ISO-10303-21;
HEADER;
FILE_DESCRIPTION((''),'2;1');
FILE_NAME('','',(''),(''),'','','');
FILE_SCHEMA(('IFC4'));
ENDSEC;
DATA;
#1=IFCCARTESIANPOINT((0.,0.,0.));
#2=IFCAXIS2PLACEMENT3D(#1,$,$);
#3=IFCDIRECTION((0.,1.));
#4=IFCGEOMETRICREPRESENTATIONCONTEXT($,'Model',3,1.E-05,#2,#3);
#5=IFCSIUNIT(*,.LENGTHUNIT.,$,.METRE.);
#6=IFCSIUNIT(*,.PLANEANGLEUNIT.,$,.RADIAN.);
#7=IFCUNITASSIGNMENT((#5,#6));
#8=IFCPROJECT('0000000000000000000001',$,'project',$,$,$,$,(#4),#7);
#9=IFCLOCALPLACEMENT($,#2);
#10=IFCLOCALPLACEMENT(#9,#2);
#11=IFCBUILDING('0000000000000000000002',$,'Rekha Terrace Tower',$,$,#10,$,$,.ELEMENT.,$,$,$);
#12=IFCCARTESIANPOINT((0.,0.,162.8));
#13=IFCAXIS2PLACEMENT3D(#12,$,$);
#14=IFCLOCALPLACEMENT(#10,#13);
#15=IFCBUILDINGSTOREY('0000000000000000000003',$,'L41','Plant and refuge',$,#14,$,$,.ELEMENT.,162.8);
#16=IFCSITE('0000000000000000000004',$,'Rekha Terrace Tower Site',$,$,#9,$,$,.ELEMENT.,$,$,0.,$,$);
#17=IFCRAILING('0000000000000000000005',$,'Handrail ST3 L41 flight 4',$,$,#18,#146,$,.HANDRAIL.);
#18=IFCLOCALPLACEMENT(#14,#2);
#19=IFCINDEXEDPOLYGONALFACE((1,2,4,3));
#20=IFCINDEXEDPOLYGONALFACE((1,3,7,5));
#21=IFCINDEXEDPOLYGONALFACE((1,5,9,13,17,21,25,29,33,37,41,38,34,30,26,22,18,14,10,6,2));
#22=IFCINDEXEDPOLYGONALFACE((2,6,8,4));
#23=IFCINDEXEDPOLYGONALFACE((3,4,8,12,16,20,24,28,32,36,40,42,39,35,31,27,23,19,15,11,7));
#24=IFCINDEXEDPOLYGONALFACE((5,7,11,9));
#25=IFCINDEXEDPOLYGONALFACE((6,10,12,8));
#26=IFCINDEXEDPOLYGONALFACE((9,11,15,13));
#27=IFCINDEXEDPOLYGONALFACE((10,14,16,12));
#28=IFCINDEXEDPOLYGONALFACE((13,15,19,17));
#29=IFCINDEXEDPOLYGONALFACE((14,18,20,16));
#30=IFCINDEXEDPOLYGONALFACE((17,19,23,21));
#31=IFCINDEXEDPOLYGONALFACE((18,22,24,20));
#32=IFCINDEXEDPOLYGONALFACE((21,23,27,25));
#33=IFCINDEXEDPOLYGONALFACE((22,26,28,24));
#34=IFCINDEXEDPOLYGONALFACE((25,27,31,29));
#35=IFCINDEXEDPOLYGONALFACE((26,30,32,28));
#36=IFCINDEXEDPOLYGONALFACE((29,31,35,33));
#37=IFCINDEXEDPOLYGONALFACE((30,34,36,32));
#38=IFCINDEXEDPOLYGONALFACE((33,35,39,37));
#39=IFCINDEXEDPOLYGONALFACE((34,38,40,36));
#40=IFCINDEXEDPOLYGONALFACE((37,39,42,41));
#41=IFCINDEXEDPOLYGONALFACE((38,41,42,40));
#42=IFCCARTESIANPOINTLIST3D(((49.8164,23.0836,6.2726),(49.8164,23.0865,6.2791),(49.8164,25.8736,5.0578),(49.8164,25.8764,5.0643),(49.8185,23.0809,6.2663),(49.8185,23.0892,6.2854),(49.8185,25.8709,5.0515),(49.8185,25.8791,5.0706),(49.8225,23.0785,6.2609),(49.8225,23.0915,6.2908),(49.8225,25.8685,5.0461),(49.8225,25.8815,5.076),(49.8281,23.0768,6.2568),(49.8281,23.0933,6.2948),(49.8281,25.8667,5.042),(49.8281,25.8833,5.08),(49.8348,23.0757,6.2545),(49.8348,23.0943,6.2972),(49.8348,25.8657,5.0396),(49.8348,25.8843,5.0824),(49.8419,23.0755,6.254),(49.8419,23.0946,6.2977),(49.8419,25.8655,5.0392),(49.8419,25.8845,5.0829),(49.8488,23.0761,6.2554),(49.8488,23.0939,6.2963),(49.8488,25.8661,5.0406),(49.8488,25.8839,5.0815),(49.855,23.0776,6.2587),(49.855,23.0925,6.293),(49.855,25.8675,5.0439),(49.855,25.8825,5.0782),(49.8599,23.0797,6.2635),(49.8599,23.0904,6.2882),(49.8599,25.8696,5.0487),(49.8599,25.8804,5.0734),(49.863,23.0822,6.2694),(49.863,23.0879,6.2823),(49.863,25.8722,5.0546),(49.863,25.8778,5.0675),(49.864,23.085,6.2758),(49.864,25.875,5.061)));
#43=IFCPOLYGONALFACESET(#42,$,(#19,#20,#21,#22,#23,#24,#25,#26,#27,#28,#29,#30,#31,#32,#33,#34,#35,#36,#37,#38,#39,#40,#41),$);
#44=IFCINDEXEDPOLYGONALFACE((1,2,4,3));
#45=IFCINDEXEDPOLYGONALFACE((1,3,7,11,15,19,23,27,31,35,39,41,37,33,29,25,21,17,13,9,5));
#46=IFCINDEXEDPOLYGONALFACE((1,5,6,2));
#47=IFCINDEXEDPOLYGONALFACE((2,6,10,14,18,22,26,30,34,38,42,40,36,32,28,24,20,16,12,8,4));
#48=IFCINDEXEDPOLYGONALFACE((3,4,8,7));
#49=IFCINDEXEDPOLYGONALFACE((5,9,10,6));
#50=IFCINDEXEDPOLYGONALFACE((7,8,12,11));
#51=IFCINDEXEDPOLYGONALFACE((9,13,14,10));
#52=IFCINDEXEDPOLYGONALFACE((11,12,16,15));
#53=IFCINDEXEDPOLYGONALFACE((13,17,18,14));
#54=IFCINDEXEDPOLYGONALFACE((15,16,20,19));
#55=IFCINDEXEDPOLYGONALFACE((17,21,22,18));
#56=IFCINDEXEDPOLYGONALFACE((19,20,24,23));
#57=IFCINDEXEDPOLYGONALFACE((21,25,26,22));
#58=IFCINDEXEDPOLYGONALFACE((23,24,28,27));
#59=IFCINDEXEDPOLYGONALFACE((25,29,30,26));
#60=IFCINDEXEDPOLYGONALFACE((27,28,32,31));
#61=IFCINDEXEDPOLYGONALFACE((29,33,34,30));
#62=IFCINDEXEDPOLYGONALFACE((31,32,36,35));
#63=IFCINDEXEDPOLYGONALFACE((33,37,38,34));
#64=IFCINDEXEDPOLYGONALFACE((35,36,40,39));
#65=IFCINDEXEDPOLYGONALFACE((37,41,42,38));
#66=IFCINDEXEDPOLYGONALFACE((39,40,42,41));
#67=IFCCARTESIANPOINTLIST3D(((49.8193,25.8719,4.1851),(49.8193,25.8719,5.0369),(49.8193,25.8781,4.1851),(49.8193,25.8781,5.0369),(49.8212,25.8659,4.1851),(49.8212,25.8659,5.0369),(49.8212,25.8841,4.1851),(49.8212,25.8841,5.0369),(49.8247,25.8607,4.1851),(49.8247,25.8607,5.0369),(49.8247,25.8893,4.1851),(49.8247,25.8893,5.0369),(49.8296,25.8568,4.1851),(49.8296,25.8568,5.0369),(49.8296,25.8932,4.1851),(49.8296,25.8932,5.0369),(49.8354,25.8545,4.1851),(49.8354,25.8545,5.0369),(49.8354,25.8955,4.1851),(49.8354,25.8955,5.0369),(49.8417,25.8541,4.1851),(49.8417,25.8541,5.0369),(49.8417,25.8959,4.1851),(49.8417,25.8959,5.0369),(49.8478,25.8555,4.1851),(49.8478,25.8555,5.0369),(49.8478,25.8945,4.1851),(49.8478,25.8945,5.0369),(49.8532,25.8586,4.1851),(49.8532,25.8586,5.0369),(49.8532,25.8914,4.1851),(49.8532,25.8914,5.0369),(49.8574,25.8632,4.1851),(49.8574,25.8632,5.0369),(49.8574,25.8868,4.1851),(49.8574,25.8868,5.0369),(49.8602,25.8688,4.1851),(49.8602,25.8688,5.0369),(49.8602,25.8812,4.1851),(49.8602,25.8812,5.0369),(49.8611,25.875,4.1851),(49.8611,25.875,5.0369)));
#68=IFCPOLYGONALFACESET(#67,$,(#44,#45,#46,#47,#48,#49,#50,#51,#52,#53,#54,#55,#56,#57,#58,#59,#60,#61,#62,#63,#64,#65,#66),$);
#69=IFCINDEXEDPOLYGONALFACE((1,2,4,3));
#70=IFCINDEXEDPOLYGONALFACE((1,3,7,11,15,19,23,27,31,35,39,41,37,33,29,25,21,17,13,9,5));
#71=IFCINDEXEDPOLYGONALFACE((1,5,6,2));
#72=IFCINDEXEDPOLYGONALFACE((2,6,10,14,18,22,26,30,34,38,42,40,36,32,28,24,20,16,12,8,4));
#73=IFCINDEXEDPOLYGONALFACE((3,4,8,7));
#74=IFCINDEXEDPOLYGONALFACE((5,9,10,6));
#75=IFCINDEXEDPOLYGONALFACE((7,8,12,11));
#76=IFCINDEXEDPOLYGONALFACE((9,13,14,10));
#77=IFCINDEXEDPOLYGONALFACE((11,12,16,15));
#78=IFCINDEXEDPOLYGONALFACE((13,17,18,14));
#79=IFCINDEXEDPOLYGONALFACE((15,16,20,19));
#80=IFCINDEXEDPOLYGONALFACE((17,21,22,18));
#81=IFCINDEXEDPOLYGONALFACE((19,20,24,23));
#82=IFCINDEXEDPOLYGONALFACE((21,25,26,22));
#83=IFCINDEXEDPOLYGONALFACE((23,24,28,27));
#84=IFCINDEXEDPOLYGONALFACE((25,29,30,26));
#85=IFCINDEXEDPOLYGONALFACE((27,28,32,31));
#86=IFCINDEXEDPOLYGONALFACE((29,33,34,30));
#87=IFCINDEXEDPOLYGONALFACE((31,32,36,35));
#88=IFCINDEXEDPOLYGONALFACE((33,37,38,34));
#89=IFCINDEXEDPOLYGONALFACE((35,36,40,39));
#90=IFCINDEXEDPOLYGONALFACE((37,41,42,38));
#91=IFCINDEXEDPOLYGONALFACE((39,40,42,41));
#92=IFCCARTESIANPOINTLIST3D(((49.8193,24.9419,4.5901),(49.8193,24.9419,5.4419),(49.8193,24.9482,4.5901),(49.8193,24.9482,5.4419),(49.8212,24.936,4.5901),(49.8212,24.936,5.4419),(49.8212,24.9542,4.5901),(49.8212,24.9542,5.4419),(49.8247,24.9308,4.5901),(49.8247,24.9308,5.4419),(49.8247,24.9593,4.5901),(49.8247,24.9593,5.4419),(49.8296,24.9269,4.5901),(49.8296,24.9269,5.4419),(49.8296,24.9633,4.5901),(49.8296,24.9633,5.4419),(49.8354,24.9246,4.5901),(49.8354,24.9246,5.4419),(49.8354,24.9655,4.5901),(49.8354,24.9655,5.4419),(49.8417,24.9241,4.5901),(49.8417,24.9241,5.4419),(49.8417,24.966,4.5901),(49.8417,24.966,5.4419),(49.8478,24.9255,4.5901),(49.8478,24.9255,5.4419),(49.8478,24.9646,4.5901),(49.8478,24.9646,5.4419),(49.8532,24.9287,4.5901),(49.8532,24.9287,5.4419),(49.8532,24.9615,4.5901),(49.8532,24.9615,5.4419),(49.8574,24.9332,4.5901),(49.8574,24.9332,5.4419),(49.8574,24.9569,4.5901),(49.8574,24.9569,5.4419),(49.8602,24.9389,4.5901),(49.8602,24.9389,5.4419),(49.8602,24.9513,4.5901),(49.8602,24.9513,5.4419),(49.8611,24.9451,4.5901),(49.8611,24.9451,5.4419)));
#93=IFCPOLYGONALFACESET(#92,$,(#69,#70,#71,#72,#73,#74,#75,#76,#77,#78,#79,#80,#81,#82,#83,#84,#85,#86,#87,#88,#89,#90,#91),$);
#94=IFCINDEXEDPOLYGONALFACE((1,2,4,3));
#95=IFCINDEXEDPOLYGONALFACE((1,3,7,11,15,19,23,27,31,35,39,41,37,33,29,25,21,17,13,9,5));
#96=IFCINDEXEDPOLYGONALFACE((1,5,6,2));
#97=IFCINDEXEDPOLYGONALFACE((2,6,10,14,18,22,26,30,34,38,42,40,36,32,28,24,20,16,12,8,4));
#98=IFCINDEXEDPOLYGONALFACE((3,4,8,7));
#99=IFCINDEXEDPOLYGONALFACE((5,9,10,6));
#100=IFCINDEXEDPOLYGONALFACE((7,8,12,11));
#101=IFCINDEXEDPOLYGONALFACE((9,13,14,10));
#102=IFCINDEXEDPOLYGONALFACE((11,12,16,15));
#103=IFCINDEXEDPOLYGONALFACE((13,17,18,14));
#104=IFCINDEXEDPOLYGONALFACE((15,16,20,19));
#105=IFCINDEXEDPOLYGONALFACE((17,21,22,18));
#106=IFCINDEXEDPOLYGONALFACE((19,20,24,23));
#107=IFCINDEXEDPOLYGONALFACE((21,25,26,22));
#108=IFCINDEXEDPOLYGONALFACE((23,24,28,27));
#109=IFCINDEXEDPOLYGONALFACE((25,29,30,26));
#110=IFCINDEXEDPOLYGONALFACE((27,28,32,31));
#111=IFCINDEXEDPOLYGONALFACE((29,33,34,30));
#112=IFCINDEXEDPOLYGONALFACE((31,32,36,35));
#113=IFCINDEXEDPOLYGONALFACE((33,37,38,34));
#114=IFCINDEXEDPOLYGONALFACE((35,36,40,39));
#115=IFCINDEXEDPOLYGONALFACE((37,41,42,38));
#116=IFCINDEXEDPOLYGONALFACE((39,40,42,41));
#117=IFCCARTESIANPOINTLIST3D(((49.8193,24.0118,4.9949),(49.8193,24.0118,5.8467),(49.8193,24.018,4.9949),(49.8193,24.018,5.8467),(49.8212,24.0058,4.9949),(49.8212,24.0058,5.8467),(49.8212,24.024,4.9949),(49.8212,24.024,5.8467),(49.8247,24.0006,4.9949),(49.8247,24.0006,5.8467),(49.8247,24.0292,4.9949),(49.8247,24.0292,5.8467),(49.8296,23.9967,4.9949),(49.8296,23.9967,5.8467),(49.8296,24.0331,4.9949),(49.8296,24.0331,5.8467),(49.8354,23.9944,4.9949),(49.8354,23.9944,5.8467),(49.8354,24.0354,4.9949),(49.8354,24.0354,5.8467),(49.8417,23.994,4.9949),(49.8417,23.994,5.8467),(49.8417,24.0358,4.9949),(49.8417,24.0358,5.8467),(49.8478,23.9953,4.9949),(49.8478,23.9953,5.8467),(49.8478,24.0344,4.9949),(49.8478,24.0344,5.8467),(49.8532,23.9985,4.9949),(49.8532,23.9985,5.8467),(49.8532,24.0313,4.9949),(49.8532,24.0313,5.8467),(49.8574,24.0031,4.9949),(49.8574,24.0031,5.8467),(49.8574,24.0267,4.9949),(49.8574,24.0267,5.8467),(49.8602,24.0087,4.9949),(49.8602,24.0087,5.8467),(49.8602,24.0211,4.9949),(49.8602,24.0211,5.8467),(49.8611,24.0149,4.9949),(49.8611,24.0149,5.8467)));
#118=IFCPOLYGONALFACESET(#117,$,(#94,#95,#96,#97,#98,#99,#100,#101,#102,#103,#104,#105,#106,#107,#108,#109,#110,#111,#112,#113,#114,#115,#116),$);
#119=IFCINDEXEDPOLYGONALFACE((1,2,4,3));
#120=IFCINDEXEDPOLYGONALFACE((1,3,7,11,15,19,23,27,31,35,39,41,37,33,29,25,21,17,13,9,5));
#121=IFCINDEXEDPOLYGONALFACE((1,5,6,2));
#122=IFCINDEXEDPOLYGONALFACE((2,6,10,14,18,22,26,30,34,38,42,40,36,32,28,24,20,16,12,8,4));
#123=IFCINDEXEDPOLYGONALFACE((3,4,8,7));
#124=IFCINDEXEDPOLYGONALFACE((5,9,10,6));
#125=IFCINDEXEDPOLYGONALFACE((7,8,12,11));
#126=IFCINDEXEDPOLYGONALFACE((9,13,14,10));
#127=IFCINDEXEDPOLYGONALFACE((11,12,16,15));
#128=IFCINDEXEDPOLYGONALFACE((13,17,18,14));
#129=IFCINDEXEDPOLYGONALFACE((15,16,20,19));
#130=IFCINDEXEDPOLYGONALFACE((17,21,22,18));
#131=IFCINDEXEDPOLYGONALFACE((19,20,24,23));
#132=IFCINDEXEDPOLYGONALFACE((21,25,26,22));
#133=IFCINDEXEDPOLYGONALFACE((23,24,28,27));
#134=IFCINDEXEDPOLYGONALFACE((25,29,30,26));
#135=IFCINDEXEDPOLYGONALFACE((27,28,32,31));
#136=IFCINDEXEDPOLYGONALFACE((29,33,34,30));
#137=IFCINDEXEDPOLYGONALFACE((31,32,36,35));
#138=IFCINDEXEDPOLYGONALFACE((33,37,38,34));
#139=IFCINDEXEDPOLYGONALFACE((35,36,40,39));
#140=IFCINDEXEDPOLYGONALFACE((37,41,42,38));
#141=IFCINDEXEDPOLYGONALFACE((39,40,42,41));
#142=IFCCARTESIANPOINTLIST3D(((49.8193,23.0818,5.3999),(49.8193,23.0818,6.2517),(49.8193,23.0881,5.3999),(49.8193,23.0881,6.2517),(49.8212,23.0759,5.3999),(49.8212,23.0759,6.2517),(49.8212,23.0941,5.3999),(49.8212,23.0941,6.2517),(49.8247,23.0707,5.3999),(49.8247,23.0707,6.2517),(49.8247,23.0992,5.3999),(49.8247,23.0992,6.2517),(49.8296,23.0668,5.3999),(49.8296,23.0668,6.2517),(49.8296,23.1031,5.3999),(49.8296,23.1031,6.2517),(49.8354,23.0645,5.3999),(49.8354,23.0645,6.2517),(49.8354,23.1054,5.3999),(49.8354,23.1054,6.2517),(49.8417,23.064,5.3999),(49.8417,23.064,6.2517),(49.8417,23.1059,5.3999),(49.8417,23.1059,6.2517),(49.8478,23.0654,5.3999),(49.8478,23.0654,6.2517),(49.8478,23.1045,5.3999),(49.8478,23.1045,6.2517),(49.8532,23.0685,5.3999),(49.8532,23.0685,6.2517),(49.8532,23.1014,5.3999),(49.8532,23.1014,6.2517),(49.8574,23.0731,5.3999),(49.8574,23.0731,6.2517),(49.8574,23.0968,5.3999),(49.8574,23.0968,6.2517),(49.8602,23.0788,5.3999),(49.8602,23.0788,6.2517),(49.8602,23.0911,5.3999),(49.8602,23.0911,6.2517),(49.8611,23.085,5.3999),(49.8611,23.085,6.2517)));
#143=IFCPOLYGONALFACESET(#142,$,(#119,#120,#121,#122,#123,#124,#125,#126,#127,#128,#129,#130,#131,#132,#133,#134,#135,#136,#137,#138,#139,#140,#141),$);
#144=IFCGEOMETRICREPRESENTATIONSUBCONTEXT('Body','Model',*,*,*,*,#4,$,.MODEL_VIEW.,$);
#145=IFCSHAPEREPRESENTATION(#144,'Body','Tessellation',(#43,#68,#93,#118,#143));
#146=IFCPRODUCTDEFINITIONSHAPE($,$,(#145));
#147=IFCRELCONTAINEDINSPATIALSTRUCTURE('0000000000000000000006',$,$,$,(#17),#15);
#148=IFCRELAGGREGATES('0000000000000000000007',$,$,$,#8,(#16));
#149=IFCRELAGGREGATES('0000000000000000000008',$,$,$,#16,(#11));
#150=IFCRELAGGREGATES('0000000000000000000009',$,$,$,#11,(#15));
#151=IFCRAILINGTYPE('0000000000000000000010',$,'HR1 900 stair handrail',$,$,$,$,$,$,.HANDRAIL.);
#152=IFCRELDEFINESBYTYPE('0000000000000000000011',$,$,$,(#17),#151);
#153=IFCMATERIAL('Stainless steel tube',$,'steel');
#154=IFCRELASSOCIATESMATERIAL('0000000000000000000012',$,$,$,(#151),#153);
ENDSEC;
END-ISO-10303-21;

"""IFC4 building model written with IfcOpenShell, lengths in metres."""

from ifc_helpers import new_model, si_unit, direction, frame, origin, origin_2d, place, context, subcontext, project, spatial, circle, extrude, material, type_object, element, save


model = new_model("IFC4")

# Units and contexts
model_context = context("Model", 3, precision=1e-05, world=origin(), true_north=direction((0.0, 1.0)))
body_context = subcontext(model_context, "Body", "Model", "MODEL_VIEW")
ifc_project = project(units=[si_unit("LENGTHUNIT", "METRE"), si_unit("PLANEANGLEUNIT", "RADIAN")], contexts=[model_context])

# Site, building, storey
site_placement = place(None, origin())
site = spatial("IfcSite", under=ifc_project, at=site_placement, Name="Rekha Terrace Tower Site", CompositionType="ELEMENT", RefElevation=0.0)
building_placement = place(site_placement, origin())
building = spatial("IfcBuilding", under=site, at=building_placement, Name="Rekha Terrace Tower", CompositionType="ELEMENT")
storey_placement = place(building_placement, frame((0.0, 0.0, 162.8)))
storey = spatial("IfcBuildingStorey", under=building, at=storey_placement, Name="L41", Description="Plant and refuge", CompositionType="ELEMENT", Elevation=162.8)

# Railing
ifc_material_1 = material(Name="Stainless steel tube", Category="steel")
railing_type_1 = type_object("IfcRailingType", Name="HR1 900 stair handrail", PredefinedType="HANDRAIL", material=ifc_material_1)
railing_1_placement = place(storey_placement, frame((49.8401, 25.875, 4.1851)))
element("IfcRailing", 1, at=railing_1_placement, inside=storey, type_object=railing_type_1, Name="Handrail ST3 L41 flight 4", PredefinedType="HANDRAIL", context=body_context, shape_type="SweptSolid", body=[
    extrude(circle(Radius=0.0239, at=origin_2d()), frame((0.0, 0.0, 0.876), z_axis=(0.0, -0.916856, 0.399219), x_axis=(1.0, 0.0, 0.0)), (0.0, 0.0, 1.0), 3.043),
    extrude(circle(Radius=0.021, at=origin_2d()), origin(), (0.0, 0.0, 1.0), 0.8518),
    extrude(circle(Radius=0.021, at=origin_2d()), frame((0.0, -0.9299, 0.405)), (0.0, 0.0, 1.0), 0.8518),
    extrude(circle(Radius=0.021, at=origin_2d()), frame((0.0, -1.8601, 0.8098)), (0.0, 0.0, 1.0), 0.8518),
    extrude(circle(Radius=0.021, at=origin_2d()), frame((0.0, -2.79, 1.2148)), (0.0, 0.0, 1.0), 0.8518),
])

save(model, "model.ifc")
